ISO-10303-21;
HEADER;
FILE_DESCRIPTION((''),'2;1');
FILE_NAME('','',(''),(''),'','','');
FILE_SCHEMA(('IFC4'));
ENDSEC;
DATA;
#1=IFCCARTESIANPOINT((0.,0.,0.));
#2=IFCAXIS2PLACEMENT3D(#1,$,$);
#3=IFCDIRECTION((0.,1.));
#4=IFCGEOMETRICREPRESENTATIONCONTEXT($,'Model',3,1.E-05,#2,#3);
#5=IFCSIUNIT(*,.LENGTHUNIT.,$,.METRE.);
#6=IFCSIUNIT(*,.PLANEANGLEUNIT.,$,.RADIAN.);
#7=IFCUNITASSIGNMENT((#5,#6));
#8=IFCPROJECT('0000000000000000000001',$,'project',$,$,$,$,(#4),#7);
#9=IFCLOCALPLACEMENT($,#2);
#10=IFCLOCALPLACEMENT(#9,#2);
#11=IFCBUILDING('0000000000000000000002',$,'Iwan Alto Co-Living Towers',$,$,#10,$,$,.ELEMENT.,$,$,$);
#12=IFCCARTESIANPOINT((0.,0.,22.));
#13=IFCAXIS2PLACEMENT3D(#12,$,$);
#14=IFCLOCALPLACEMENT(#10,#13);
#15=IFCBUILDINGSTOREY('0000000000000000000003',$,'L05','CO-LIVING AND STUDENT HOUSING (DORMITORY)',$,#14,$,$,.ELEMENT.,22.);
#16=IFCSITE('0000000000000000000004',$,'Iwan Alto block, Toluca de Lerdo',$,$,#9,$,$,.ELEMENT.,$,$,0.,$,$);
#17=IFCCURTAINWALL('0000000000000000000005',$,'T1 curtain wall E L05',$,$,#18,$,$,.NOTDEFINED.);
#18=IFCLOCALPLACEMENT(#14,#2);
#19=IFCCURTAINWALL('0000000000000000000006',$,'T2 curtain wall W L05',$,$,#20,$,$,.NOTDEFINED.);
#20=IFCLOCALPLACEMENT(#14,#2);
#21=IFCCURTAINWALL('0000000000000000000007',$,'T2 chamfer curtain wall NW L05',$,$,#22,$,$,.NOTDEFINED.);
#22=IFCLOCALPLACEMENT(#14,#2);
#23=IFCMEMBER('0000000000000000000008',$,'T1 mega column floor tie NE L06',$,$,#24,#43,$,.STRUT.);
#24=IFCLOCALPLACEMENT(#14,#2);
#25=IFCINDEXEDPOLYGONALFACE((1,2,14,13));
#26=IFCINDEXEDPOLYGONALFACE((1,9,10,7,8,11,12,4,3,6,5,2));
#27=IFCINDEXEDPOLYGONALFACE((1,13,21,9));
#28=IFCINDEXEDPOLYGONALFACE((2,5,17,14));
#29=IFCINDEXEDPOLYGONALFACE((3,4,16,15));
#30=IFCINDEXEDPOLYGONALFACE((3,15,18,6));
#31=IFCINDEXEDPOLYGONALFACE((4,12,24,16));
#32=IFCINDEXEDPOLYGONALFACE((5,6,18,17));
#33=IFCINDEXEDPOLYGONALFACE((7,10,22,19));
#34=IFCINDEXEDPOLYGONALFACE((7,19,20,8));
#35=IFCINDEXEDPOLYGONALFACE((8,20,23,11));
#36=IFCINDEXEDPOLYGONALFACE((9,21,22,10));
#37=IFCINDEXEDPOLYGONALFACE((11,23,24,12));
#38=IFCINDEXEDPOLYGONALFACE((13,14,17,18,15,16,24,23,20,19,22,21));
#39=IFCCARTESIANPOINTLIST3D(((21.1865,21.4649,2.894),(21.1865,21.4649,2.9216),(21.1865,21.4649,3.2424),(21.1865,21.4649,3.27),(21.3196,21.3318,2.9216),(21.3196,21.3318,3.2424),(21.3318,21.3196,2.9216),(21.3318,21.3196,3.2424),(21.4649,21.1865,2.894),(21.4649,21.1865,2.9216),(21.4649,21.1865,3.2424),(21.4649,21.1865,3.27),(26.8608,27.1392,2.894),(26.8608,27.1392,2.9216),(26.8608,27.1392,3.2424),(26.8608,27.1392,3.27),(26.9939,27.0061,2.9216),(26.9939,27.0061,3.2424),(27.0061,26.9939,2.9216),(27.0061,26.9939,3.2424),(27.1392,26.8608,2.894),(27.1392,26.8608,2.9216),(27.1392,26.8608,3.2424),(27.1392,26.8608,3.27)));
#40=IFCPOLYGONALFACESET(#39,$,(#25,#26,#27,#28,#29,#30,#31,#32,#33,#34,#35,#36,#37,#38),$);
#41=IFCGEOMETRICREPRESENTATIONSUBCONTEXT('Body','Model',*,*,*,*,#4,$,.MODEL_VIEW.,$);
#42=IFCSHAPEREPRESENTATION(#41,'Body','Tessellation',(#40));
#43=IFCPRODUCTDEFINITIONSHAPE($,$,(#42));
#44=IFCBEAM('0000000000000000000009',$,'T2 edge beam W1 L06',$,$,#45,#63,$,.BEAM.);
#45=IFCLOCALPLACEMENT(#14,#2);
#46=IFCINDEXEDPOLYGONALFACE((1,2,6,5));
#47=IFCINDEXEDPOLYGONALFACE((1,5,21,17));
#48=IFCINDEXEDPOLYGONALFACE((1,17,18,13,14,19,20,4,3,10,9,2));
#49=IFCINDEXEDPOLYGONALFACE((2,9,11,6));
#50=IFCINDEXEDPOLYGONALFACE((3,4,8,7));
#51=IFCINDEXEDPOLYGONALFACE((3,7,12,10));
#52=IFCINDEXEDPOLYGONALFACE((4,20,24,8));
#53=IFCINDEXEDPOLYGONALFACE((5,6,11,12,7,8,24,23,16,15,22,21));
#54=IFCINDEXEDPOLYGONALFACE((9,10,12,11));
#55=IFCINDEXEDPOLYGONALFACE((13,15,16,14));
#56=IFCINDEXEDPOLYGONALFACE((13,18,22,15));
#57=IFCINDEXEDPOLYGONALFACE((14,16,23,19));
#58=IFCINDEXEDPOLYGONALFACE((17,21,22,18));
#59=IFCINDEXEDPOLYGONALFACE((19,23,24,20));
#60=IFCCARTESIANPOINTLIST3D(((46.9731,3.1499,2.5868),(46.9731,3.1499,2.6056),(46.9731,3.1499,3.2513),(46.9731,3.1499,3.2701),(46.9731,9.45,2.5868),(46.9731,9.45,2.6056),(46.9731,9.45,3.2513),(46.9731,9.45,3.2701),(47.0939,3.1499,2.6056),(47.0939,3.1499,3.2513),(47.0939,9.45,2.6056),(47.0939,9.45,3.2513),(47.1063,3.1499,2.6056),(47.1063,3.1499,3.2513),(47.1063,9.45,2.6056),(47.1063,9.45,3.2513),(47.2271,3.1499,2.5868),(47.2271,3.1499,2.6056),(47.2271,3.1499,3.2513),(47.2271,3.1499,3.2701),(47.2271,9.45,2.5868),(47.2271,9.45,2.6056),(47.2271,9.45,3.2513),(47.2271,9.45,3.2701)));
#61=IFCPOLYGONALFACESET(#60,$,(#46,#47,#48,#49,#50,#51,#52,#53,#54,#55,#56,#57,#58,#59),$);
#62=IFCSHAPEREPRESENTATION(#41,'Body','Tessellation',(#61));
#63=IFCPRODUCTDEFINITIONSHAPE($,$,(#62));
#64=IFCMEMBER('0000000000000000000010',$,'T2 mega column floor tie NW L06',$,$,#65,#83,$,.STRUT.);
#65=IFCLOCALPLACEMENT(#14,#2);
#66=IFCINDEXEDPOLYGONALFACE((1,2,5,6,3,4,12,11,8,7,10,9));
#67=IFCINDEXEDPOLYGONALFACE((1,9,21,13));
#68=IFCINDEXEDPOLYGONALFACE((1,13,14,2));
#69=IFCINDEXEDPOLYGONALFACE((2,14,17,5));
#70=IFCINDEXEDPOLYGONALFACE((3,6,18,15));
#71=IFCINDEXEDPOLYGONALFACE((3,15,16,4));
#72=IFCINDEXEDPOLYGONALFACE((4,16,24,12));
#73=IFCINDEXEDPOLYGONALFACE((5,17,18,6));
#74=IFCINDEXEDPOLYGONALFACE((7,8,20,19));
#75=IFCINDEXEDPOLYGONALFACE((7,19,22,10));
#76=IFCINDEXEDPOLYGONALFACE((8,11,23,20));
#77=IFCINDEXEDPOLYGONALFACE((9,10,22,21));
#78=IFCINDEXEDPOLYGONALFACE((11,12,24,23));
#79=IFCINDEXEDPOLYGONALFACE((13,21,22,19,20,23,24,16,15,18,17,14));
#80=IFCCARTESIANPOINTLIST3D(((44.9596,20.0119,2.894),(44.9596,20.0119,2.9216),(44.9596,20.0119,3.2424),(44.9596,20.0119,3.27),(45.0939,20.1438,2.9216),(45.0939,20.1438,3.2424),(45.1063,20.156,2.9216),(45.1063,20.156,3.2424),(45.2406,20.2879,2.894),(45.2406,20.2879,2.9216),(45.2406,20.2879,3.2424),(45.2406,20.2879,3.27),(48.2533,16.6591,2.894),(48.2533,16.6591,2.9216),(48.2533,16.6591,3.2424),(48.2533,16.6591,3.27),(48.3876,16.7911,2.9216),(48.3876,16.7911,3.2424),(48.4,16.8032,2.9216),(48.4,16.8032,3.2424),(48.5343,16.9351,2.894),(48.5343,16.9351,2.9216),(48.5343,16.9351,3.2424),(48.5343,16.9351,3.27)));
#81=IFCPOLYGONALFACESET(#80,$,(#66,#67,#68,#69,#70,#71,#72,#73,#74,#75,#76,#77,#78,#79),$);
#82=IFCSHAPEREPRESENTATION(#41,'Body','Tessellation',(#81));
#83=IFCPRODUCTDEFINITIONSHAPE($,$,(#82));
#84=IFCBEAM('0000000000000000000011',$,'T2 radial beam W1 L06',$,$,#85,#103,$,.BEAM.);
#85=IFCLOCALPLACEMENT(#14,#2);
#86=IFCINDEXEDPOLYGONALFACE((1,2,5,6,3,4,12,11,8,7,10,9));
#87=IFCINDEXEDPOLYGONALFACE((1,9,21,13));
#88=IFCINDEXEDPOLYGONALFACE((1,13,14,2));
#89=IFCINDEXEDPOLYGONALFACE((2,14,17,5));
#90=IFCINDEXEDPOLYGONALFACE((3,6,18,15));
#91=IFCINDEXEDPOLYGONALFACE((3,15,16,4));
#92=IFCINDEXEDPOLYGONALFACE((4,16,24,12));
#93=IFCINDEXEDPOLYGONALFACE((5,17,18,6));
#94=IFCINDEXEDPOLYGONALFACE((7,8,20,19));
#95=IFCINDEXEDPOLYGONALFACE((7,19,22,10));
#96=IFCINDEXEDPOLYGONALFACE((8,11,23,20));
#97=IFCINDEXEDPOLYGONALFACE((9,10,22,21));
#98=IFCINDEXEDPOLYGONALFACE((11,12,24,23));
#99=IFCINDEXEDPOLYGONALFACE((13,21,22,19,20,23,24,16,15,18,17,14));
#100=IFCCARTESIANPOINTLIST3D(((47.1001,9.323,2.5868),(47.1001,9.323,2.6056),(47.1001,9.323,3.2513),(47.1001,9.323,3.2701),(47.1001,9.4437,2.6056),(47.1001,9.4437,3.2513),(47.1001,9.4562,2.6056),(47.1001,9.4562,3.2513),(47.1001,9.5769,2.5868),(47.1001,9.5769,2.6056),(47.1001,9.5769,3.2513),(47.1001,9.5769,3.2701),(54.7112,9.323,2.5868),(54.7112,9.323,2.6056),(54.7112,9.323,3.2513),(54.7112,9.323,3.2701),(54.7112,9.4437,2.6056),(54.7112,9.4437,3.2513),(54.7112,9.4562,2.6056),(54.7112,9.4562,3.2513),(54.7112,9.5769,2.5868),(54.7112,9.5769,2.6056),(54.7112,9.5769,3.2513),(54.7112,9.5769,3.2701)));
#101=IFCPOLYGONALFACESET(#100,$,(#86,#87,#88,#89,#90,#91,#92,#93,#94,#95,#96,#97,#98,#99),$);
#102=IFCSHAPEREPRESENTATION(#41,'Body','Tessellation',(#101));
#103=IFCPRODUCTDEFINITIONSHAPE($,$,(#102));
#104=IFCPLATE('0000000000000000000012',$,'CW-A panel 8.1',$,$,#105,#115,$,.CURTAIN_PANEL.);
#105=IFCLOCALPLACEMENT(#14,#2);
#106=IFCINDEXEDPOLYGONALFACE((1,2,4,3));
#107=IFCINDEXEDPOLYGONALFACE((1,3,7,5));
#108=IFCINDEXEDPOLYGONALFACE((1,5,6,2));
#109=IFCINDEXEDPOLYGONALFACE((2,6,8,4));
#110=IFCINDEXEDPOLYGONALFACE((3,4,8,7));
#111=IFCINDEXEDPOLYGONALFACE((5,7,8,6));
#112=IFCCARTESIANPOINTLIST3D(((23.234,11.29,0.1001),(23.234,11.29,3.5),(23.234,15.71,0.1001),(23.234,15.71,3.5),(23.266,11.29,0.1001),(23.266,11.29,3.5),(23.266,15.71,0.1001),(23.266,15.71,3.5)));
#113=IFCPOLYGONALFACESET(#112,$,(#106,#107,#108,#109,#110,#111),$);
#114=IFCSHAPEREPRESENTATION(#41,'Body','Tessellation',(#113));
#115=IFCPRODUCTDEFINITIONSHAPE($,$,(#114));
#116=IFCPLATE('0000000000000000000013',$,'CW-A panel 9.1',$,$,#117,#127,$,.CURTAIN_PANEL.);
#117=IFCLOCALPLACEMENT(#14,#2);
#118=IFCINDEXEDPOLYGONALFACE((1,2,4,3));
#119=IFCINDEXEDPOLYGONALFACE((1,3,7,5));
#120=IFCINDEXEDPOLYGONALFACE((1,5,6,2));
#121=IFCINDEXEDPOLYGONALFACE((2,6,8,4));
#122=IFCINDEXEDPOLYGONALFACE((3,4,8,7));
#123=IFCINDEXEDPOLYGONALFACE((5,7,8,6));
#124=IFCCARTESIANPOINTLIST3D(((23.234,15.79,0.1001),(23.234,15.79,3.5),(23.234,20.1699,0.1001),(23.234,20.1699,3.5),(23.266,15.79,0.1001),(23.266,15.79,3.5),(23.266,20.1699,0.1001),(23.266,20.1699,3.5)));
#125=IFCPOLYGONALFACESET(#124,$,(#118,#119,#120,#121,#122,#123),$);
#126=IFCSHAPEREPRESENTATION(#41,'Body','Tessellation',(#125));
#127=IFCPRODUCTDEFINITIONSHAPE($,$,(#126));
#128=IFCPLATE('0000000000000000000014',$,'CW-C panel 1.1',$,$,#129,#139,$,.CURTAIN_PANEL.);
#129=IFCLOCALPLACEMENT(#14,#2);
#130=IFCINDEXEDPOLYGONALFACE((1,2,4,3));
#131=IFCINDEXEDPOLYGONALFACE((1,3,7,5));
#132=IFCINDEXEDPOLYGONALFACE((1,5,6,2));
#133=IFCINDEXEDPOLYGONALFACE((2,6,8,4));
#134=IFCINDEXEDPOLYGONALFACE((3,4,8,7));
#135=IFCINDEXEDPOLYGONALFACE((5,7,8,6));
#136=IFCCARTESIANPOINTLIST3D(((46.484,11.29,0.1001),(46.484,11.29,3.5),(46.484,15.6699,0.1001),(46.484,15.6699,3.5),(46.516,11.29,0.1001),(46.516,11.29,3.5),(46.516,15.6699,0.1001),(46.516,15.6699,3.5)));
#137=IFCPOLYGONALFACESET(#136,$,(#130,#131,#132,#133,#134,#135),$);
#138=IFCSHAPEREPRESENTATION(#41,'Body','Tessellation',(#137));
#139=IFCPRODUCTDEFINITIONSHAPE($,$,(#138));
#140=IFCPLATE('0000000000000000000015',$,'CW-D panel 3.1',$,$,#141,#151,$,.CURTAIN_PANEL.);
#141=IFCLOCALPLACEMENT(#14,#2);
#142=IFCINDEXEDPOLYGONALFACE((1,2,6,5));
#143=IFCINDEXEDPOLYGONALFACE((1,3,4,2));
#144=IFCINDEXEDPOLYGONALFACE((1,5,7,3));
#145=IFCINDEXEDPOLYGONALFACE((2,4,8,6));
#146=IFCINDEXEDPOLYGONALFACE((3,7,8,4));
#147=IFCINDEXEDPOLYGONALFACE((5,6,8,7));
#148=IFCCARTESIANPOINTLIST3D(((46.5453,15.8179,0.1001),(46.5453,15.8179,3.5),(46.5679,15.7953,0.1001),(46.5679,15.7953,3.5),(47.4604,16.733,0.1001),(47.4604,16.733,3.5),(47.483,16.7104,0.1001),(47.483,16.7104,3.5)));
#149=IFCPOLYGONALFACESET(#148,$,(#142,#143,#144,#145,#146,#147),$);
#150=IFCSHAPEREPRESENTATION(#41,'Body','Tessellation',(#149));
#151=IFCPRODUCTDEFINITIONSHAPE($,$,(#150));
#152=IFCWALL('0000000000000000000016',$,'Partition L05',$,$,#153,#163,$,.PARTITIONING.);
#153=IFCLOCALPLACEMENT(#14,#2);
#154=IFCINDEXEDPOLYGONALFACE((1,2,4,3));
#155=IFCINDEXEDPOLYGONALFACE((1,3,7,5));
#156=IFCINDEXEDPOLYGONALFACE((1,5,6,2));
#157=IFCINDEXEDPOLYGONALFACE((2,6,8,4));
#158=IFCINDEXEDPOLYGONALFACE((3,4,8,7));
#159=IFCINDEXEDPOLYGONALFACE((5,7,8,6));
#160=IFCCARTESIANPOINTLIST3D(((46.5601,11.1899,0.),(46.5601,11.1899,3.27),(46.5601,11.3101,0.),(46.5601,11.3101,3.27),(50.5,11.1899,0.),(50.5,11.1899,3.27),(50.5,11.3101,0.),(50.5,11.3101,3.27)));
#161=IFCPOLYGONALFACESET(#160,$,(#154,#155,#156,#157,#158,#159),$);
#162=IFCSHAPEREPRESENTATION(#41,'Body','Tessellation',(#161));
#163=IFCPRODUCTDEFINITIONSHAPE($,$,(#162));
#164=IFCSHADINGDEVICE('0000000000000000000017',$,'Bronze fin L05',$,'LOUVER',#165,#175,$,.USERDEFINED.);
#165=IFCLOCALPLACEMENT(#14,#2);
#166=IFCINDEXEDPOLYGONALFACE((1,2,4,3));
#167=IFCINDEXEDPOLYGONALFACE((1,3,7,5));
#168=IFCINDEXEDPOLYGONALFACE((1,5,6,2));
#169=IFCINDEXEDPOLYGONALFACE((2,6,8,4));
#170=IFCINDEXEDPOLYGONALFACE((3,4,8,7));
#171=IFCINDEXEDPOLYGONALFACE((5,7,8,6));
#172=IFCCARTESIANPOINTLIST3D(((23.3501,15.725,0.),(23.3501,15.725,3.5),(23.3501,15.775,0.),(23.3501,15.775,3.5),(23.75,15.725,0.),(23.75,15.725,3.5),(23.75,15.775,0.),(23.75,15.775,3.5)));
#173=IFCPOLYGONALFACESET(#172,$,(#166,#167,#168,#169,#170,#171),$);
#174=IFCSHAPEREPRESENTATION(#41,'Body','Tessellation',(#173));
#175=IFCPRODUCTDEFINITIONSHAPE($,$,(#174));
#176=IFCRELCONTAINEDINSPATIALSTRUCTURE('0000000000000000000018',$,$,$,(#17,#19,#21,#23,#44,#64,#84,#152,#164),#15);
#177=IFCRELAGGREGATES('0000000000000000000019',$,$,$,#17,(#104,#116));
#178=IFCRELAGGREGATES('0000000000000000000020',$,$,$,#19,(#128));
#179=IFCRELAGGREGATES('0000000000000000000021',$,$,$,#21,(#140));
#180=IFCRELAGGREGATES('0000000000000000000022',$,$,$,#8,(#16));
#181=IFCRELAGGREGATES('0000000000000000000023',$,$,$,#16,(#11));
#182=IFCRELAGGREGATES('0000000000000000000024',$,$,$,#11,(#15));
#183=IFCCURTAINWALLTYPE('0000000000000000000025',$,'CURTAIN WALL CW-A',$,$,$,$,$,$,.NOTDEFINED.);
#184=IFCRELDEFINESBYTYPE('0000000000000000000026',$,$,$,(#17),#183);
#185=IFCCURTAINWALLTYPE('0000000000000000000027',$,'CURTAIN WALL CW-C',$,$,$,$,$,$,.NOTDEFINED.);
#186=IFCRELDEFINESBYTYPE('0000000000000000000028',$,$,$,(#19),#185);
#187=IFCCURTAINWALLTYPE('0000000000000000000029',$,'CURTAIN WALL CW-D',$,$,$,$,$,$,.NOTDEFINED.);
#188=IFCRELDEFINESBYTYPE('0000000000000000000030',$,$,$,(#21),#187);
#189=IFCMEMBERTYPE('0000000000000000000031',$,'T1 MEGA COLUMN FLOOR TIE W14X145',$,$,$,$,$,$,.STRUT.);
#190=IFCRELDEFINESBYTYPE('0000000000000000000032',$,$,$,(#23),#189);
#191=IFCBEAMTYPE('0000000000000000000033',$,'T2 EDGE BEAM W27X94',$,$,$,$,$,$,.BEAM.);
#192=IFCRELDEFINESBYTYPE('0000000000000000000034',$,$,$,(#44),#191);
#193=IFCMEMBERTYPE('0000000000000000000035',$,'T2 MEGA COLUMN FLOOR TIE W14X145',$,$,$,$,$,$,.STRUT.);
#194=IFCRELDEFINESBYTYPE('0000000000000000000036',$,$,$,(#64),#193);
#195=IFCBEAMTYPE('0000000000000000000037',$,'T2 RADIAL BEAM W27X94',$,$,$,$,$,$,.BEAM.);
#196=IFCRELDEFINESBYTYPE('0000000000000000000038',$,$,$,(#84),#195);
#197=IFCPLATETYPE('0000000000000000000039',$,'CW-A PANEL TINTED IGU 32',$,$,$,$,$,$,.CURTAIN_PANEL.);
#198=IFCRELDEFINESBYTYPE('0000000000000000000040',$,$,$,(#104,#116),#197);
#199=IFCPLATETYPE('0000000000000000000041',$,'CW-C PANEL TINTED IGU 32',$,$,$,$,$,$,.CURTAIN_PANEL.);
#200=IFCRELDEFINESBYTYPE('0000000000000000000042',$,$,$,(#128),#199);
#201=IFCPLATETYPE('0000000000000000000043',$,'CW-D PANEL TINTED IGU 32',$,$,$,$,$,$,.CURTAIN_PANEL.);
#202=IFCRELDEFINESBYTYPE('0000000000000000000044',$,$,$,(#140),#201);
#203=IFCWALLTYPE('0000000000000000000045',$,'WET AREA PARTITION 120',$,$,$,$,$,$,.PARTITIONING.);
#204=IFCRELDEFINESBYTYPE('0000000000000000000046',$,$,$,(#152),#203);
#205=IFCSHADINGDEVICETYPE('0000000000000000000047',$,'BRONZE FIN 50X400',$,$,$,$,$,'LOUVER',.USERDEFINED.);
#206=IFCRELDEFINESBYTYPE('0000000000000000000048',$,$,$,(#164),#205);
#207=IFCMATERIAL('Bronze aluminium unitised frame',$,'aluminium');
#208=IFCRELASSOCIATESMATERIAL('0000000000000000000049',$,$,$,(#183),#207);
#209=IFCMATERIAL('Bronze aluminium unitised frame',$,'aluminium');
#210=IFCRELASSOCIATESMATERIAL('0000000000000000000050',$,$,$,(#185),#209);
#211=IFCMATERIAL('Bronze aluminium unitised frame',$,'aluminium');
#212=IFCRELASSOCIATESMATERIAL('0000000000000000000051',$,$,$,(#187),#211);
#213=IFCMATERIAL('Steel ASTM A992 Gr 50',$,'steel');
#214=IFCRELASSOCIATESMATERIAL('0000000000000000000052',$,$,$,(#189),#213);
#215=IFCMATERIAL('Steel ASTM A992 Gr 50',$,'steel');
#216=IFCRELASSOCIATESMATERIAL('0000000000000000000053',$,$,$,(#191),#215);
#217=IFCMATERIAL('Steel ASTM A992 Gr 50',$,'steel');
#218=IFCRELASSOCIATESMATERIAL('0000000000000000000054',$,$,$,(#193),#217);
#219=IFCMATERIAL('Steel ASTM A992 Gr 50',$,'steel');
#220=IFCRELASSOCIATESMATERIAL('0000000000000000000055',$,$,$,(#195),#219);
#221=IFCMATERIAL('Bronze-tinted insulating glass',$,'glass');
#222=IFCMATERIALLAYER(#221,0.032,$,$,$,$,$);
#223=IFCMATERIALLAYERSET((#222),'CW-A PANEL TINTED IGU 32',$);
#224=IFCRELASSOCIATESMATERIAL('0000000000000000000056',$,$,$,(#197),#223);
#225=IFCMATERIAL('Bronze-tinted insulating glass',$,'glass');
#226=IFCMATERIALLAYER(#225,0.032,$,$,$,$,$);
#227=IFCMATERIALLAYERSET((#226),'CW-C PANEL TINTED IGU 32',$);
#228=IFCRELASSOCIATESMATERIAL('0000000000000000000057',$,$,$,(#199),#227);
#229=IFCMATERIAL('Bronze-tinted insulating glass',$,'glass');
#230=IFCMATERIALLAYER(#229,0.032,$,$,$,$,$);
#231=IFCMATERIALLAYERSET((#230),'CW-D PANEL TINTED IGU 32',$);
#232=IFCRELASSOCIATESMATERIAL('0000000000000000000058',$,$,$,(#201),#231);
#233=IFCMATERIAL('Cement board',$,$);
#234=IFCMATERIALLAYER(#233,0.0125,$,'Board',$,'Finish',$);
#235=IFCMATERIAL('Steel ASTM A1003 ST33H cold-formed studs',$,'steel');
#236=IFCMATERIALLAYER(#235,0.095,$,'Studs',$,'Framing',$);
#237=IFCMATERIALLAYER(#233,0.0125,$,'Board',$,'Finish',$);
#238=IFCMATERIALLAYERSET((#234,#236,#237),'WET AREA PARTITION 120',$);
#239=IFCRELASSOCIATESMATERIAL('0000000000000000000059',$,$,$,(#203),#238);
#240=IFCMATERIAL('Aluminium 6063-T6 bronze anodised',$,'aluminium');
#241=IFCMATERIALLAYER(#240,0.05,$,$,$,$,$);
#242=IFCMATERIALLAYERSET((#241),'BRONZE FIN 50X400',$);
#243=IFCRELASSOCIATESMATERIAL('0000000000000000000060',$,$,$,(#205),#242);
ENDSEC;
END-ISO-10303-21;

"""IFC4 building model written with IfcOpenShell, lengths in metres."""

from ifc_helpers import new_model, si_unit, direction, frame, frame_2d, origin, origin_2d, place, context, subcontext, project, spatial, rectangle, i_section, extrude, material, layer, layer_set, material_profile, profile_set, type_object, element, aggregate, save


model = new_model("IFC4")

# Units and contexts
model_context = context("Model", 3, precision=1e-05, world=origin(), true_north=direction((0.0, 1.0)))
body_context = subcontext(model_context, "Body", "Model", "MODEL_VIEW")
ifc_project = project(units=[si_unit("LENGTHUNIT", "METRE"), si_unit("PLANEANGLEUNIT", "RADIAN")], contexts=[model_context])

# Site, building, storey
site_placement = place(None, origin())
site = spatial("IfcSite", under=ifc_project, at=site_placement, Name="Iwan Alto block, Toluca de Lerdo", CompositionType="ELEMENT", RefElevation=0.0)
building_placement = place(site_placement, origin())
building = spatial("IfcBuilding", under=site, at=building_placement, Name="Iwan Alto Co-Living Towers", CompositionType="ELEMENT")
storey_placement = place(building_placement, frame((0.0, 0.0, 22.0)))
storey = spatial("IfcBuildingStorey", under=building, at=storey_placement, Name="L05", Description="CO-LIVING AND STUDENT HOUSING (DORMITORY)", CompositionType="ELEMENT", Elevation=22.0)

# Curtain walls
ifc_material_1 = material(Name="Bronze aluminium unitised frame", Category="aluminium")
curtain_wall_type_1 = type_object("IfcCurtainWallType", Name="CURTAIN WALL CW-A", PredefinedType="NOTDEFINED", material=ifc_material_1)
curtain_wall_1_placement = place(storey_placement, origin())
curtain_wall_1 = element("IfcCurtainWall", 1, at=curtain_wall_1_placement, inside=storey, type_object=curtain_wall_type_1, Name="T1 curtain wall E L05", PredefinedType="NOTDEFINED")
ifc_material_2 = material(Name="Bronze aluminium unitised frame", Category="aluminium")
curtain_wall_type_2 = type_object("IfcCurtainWallType", Name="CURTAIN WALL CW-C", PredefinedType="NOTDEFINED", material=ifc_material_2)
curtain_wall_2_placement = place(storey_placement, origin())
curtain_wall_2 = element("IfcCurtainWall", 2, at=curtain_wall_2_placement, inside=storey, type_object=curtain_wall_type_2, Name="T2 curtain wall W L05", PredefinedType="NOTDEFINED")

# Curtain wall
ifc_material_3 = material(Name="Bronze aluminium unitised frame", Category="aluminium")
curtain_wall_type_3 = type_object("IfcCurtainWallType", Name="CURTAIN WALL CW-D", PredefinedType="NOTDEFINED", material=ifc_material_3)
curtain_wall_3_placement = place(storey_placement, origin())
curtain_wall_3 = element("IfcCurtainWall", 3, at=curtain_wall_3_placement, inside=storey, type_object=curtain_wall_type_3, Name="T2 chamfer curtain wall NW L05", PredefinedType="NOTDEFINED")

# Member
ifc_material_4 = material(Name="Steel ASTM A992 Gr 50", Category="steel")
ifc_material_profile_1 = material_profile(ifc_material_4, i_section(OverallWidth=0.3938, OverallDepth=0.376, WebThickness=0.0173, FlangeThickness=0.0276, at=origin_2d()), Name="W14X145")
ifc_profile_set_1 = profile_set([ifc_material_profile_1], Name="Steel ASTM A992 Gr 50")
member_type_1 = type_object("IfcMemberType", Name="T1 MEGA COLUMN FLOOR TIE W14X145", PredefinedType="STRUT", material=ifc_profile_set_1)
member_1_placement = place(storey_placement, frame((27.0, 27.0, 3.082), z_axis=(-0.707107, -0.707107, 0.0), x_axis=(0.707107, -0.707107, 0.0)))
element("IfcMember", 4, at=member_1_placement, inside=storey, type_object=member_type_1, Name="T1 mega column floor tie NE L06", PredefinedType="STRUT", context=body_context, shape_type="SweptSolid", body=[
    extrude(i_section(OverallWidth=0.3938, OverallDepth=0.376, WebThickness=0.0173, FlangeThickness=0.0276, at=origin_2d()), origin(), (0.0, 0.0, 1.0), 8.0247),
])

# Beam
ifc_material_5 = material(Name="Steel ASTM A992 Gr 50", Category="steel")
ifc_material_profile_2 = material_profile(ifc_material_5, i_section(OverallWidth=0.2539, OverallDepth=0.6833, WebThickness=0.0125, FlangeThickness=0.0188, at=origin_2d()), Name="W27X94")
ifc_profile_set_2 = profile_set([ifc_material_profile_2], Name="Steel ASTM A992 Gr 50")
beam_type_1 = type_object("IfcBeamType", Name="T2 EDGE BEAM W27X94", PredefinedType="BEAM", material=ifc_profile_set_2)
beam_1_placement = place(storey_placement, frame((47.1001, 9.45, 2.9285), z_axis=(0.0, -1.0, 0.0), x_axis=(1.0, 0.0, 0.0)))
element("IfcBeam", 5, at=beam_1_placement, inside=storey, type_object=beam_type_1, Name="T2 edge beam W1 L06", PredefinedType="BEAM", context=body_context, shape_type="SweptSolid", body=[
    extrude(i_section(OverallWidth=0.2539, OverallDepth=0.6833, WebThickness=0.0125, FlangeThickness=0.0188, at=origin_2d()), origin(), (0.0, 0.0, 1.0), 6.3),
])

# Member
ifc_material_6 = material(Name="Steel ASTM A992 Gr 50", Category="steel")
ifc_material_profile_3 = material_profile(ifc_material_6, i_section(OverallWidth=0.3938, OverallDepth=0.376, WebThickness=0.0173, FlangeThickness=0.0276, at=origin_2d()), Name="W14X145")
ifc_profile_set_3 = profile_set([ifc_material_profile_3], Name="Steel ASTM A992 Gr 50")
member_type_2 = type_object("IfcMemberType", Name="T2 MEGA COLUMN FLOOR TIE W14X145", PredefinedType="STRUT", material=ifc_profile_set_3)
member_2_placement = place(storey_placement, frame((45.1001, 20.1499, 3.082), z_axis=(0.700793, -0.713364, 0.0), x_axis=(0.713364, 0.700793, 0.0)))
element("IfcMember", 6, at=member_2_placement, inside=storey, type_object=member_type_2, Name="T2 mega column floor tie NW L06", PredefinedType="STRUT", context=body_context, shape_type="SweptSolid", body=[
    extrude(i_section(OverallWidth=0.3938, OverallDepth=0.376, WebThickness=0.0173, FlangeThickness=0.0276, at=origin_2d()), origin(), (0.0, 0.0, 1.0), 4.7),
])

# Beam
ifc_material_7 = material(Name="Steel ASTM A992 Gr 50", Category="steel")
ifc_material_profile_4 = material_profile(ifc_material_7, i_section(OverallWidth=0.2539, OverallDepth=0.6833, WebThickness=0.0125, FlangeThickness=0.0188, at=origin_2d()), Name="W27X94")
ifc_profile_set_4 = profile_set([ifc_material_profile_4], Name="Steel ASTM A992 Gr 50")
beam_type_2 = type_object("IfcBeamType", Name="T2 RADIAL BEAM W27X94", PredefinedType="BEAM", material=ifc_profile_set_4)
beam_2_placement = place(storey_placement, frame((47.1001, 9.45, 2.9285), z_axis=(1.0, 0.0, 0.0), x_axis=(0.0, 1.0, 0.0)))
element("IfcBeam", 7, at=beam_2_placement, inside=storey, type_object=beam_type_2, Name="T2 radial beam W1 L06", PredefinedType="BEAM", context=body_context, shape_type="SweptSolid", body=[
    extrude(i_section(OverallWidth=0.2539, OverallDepth=0.6833, WebThickness=0.0125, FlangeThickness=0.0188, at=origin_2d()), origin(), (0.0, 0.0, 1.0), 7.6111),
])

# Plates
ifc_material_8 = material(Name="Bronze-tinted insulating glass", Category="glass")
ifc_layer_1 = layer(ifc_material_8, 0.032)
ifc_layer_set_1 = layer_set([ifc_layer_1], Name="CW-A PANEL TINTED IGU 32")
plate_type_1 = type_object("IfcPlateType", Name="CW-A PANEL TINTED IGU 32", PredefinedType="CURTAIN_PANEL", material=ifc_layer_set_1)
plate_1_placement = place(storey_placement, frame((23.25, 13.5, 0.1001), z_axis=(0.0, 0.0, 1.0), x_axis=(0.0, 1.0, 0.0)))
plate_1 = element("IfcPlate", 8, at=plate_1_placement, type_object=plate_type_1, Name="CW-A panel 8.1", PredefinedType="CURTAIN_PANEL", context=body_context, shape_type="SweptSolid", body=[
    extrude(rectangle(XDim=4.4199, YDim=0.032, at=origin_2d()), origin(), (0.0, 0.0, 1.0), 3.3999),
])
plate_2_placement = place(storey_placement, frame((23.25, 17.98, 0.1001), z_axis=(0.0, 0.0, 1.0), x_axis=(0.0, 1.0, 0.0)))
plate_2 = element("IfcPlate", 9, at=plate_2_placement, type_object=plate_type_1, Name="CW-A panel 9.1", PredefinedType="CURTAIN_PANEL", context=body_context, shape_type="SweptSolid", body=[
    extrude(rectangle(XDim=4.3799, YDim=0.032, at=origin_2d()), origin(), (0.0, 0.0, 1.0), 3.3999),
])
aggregate(curtain_wall_1, [plate_1, plate_2])
ifc_material_9 = material(Name="Bronze-tinted insulating glass", Category="glass")
ifc_layer_2 = layer(ifc_material_9, 0.032)
ifc_layer_set_2 = layer_set([ifc_layer_2], Name="CW-C PANEL TINTED IGU 32")
plate_type_2 = type_object("IfcPlateType", Name="CW-C PANEL TINTED IGU 32", PredefinedType="CURTAIN_PANEL", material=ifc_layer_set_2)
plate_3_placement = place(storey_placement, frame((46.5, 13.48, 0.1001), z_axis=(0.0, 0.0, 1.0), x_axis=(0.0, -1.0, 0.0)))
plate_3 = element("IfcPlate", 10, at=plate_3_placement, type_object=plate_type_2, Name="CW-C panel 1.1", PredefinedType="CURTAIN_PANEL", context=body_context, shape_type="SweptSolid", body=[
    extrude(rectangle(XDim=4.3799, YDim=0.032, at=origin_2d()), origin(), (0.0, 0.0, 1.0), 3.3999),
])
aggregate(curtain_wall_2, [plate_3])
ifc_material_10 = material(Name="Bronze-tinted insulating glass", Category="glass")
ifc_layer_3 = layer(ifc_material_10, 0.032)
ifc_layer_set_3 = layer_set([ifc_layer_3], Name="CW-D PANEL TINTED IGU 32")
plate_type_3 = type_object("IfcPlateType", Name="CW-D PANEL TINTED IGU 32", PredefinedType="CURTAIN_PANEL", material=ifc_layer_set_3)
plate_4_placement = place(storey_placement, frame((47.0142, 16.2642, 0.1001), z_axis=(0.0, 0.0, 1.0), x_axis=(-0.707107, -0.707107, 0.0)))
plate_4 = element("IfcPlate", 11, at=plate_4_placement, type_object=plate_type_3, Name="CW-D panel 3.1", PredefinedType="CURTAIN_PANEL", context=body_context, shape_type="SweptSolid", body=[
    extrude(rectangle(XDim=1.2942, YDim=0.032, at=origin_2d()), origin(), (0.0, 0.0, 1.0), 3.3999),
])
aggregate(curtain_wall_3, [plate_4])

# Wall
ifc_material_11 = material(Name="Cement board")
ifc_layer_4 = layer(ifc_material_11, 0.0125, Name="Board", Category="Finish")
ifc_material_12 = material(Name="Steel ASTM A1003 ST33H cold-formed studs", Category="steel")
ifc_layer_5 = layer(ifc_material_12, 0.095, Name="Studs", Category="Framing")
ifc_layer_6 = layer(ifc_material_11, 0.0125, Name="Board", Category="Finish")
ifc_layer_set_4 = layer_set([ifc_layer_4, ifc_layer_5, ifc_layer_6], Name="WET AREA PARTITION 120")
wall_type = type_object("IfcWallType", Name="WET AREA PARTITION 120", PredefinedType="PARTITIONING", material=ifc_layer_set_4)
wall_placement = place(storey_placement, frame((46.5601, 11.25, 0.0), z_axis=(0.0, 0.0, 1.0), x_axis=(1.0, 0.0, 0.0)))
element("IfcWall", 12, at=wall_placement, inside=storey, type_object=wall_type, Name="Partition L05", PredefinedType="PARTITIONING", context=body_context, shape_type="SweptSolid", body=[
    extrude(rectangle(XDim=3.9399, YDim=0.1201, at=frame_2d((1.97, 0.0))), origin(), (0.0, 0.0, 1.0), 3.27),
])

# Shading device
ifc_material_13 = material(Name="Aluminium 6063-T6 bronze anodised", Category="aluminium")
ifc_layer_7 = layer(ifc_material_13, 0.05)
ifc_layer_set_5 = layer_set([ifc_layer_7], Name="BRONZE FIN 50X400")
shading_device_type = type_object("IfcShadingDeviceType", Name="BRONZE FIN 50X400", ElementType="LOUVER", PredefinedType="USERDEFINED", material=ifc_layer_set_5)
shading_device_placement = place(storey_placement, frame((23.55, 15.75, 0.0), z_axis=(0.0, 0.0, 1.0), x_axis=(0.0, 1.0, 0.0)))
element("IfcShadingDevice", 13, at=shading_device_placement, inside=storey, type_object=shading_device_type, Name="Bronze fin L05", ObjectType="LOUVER", PredefinedType="USERDEFINED", context=body_context, shape_type="SweptSolid", body=[
    extrude(rectangle(XDim=0.05, YDim=0.3999, at=origin_2d()), origin(), (0.0, 0.0, 1.0), 3.5),
])

save(model, "model.ifc")
